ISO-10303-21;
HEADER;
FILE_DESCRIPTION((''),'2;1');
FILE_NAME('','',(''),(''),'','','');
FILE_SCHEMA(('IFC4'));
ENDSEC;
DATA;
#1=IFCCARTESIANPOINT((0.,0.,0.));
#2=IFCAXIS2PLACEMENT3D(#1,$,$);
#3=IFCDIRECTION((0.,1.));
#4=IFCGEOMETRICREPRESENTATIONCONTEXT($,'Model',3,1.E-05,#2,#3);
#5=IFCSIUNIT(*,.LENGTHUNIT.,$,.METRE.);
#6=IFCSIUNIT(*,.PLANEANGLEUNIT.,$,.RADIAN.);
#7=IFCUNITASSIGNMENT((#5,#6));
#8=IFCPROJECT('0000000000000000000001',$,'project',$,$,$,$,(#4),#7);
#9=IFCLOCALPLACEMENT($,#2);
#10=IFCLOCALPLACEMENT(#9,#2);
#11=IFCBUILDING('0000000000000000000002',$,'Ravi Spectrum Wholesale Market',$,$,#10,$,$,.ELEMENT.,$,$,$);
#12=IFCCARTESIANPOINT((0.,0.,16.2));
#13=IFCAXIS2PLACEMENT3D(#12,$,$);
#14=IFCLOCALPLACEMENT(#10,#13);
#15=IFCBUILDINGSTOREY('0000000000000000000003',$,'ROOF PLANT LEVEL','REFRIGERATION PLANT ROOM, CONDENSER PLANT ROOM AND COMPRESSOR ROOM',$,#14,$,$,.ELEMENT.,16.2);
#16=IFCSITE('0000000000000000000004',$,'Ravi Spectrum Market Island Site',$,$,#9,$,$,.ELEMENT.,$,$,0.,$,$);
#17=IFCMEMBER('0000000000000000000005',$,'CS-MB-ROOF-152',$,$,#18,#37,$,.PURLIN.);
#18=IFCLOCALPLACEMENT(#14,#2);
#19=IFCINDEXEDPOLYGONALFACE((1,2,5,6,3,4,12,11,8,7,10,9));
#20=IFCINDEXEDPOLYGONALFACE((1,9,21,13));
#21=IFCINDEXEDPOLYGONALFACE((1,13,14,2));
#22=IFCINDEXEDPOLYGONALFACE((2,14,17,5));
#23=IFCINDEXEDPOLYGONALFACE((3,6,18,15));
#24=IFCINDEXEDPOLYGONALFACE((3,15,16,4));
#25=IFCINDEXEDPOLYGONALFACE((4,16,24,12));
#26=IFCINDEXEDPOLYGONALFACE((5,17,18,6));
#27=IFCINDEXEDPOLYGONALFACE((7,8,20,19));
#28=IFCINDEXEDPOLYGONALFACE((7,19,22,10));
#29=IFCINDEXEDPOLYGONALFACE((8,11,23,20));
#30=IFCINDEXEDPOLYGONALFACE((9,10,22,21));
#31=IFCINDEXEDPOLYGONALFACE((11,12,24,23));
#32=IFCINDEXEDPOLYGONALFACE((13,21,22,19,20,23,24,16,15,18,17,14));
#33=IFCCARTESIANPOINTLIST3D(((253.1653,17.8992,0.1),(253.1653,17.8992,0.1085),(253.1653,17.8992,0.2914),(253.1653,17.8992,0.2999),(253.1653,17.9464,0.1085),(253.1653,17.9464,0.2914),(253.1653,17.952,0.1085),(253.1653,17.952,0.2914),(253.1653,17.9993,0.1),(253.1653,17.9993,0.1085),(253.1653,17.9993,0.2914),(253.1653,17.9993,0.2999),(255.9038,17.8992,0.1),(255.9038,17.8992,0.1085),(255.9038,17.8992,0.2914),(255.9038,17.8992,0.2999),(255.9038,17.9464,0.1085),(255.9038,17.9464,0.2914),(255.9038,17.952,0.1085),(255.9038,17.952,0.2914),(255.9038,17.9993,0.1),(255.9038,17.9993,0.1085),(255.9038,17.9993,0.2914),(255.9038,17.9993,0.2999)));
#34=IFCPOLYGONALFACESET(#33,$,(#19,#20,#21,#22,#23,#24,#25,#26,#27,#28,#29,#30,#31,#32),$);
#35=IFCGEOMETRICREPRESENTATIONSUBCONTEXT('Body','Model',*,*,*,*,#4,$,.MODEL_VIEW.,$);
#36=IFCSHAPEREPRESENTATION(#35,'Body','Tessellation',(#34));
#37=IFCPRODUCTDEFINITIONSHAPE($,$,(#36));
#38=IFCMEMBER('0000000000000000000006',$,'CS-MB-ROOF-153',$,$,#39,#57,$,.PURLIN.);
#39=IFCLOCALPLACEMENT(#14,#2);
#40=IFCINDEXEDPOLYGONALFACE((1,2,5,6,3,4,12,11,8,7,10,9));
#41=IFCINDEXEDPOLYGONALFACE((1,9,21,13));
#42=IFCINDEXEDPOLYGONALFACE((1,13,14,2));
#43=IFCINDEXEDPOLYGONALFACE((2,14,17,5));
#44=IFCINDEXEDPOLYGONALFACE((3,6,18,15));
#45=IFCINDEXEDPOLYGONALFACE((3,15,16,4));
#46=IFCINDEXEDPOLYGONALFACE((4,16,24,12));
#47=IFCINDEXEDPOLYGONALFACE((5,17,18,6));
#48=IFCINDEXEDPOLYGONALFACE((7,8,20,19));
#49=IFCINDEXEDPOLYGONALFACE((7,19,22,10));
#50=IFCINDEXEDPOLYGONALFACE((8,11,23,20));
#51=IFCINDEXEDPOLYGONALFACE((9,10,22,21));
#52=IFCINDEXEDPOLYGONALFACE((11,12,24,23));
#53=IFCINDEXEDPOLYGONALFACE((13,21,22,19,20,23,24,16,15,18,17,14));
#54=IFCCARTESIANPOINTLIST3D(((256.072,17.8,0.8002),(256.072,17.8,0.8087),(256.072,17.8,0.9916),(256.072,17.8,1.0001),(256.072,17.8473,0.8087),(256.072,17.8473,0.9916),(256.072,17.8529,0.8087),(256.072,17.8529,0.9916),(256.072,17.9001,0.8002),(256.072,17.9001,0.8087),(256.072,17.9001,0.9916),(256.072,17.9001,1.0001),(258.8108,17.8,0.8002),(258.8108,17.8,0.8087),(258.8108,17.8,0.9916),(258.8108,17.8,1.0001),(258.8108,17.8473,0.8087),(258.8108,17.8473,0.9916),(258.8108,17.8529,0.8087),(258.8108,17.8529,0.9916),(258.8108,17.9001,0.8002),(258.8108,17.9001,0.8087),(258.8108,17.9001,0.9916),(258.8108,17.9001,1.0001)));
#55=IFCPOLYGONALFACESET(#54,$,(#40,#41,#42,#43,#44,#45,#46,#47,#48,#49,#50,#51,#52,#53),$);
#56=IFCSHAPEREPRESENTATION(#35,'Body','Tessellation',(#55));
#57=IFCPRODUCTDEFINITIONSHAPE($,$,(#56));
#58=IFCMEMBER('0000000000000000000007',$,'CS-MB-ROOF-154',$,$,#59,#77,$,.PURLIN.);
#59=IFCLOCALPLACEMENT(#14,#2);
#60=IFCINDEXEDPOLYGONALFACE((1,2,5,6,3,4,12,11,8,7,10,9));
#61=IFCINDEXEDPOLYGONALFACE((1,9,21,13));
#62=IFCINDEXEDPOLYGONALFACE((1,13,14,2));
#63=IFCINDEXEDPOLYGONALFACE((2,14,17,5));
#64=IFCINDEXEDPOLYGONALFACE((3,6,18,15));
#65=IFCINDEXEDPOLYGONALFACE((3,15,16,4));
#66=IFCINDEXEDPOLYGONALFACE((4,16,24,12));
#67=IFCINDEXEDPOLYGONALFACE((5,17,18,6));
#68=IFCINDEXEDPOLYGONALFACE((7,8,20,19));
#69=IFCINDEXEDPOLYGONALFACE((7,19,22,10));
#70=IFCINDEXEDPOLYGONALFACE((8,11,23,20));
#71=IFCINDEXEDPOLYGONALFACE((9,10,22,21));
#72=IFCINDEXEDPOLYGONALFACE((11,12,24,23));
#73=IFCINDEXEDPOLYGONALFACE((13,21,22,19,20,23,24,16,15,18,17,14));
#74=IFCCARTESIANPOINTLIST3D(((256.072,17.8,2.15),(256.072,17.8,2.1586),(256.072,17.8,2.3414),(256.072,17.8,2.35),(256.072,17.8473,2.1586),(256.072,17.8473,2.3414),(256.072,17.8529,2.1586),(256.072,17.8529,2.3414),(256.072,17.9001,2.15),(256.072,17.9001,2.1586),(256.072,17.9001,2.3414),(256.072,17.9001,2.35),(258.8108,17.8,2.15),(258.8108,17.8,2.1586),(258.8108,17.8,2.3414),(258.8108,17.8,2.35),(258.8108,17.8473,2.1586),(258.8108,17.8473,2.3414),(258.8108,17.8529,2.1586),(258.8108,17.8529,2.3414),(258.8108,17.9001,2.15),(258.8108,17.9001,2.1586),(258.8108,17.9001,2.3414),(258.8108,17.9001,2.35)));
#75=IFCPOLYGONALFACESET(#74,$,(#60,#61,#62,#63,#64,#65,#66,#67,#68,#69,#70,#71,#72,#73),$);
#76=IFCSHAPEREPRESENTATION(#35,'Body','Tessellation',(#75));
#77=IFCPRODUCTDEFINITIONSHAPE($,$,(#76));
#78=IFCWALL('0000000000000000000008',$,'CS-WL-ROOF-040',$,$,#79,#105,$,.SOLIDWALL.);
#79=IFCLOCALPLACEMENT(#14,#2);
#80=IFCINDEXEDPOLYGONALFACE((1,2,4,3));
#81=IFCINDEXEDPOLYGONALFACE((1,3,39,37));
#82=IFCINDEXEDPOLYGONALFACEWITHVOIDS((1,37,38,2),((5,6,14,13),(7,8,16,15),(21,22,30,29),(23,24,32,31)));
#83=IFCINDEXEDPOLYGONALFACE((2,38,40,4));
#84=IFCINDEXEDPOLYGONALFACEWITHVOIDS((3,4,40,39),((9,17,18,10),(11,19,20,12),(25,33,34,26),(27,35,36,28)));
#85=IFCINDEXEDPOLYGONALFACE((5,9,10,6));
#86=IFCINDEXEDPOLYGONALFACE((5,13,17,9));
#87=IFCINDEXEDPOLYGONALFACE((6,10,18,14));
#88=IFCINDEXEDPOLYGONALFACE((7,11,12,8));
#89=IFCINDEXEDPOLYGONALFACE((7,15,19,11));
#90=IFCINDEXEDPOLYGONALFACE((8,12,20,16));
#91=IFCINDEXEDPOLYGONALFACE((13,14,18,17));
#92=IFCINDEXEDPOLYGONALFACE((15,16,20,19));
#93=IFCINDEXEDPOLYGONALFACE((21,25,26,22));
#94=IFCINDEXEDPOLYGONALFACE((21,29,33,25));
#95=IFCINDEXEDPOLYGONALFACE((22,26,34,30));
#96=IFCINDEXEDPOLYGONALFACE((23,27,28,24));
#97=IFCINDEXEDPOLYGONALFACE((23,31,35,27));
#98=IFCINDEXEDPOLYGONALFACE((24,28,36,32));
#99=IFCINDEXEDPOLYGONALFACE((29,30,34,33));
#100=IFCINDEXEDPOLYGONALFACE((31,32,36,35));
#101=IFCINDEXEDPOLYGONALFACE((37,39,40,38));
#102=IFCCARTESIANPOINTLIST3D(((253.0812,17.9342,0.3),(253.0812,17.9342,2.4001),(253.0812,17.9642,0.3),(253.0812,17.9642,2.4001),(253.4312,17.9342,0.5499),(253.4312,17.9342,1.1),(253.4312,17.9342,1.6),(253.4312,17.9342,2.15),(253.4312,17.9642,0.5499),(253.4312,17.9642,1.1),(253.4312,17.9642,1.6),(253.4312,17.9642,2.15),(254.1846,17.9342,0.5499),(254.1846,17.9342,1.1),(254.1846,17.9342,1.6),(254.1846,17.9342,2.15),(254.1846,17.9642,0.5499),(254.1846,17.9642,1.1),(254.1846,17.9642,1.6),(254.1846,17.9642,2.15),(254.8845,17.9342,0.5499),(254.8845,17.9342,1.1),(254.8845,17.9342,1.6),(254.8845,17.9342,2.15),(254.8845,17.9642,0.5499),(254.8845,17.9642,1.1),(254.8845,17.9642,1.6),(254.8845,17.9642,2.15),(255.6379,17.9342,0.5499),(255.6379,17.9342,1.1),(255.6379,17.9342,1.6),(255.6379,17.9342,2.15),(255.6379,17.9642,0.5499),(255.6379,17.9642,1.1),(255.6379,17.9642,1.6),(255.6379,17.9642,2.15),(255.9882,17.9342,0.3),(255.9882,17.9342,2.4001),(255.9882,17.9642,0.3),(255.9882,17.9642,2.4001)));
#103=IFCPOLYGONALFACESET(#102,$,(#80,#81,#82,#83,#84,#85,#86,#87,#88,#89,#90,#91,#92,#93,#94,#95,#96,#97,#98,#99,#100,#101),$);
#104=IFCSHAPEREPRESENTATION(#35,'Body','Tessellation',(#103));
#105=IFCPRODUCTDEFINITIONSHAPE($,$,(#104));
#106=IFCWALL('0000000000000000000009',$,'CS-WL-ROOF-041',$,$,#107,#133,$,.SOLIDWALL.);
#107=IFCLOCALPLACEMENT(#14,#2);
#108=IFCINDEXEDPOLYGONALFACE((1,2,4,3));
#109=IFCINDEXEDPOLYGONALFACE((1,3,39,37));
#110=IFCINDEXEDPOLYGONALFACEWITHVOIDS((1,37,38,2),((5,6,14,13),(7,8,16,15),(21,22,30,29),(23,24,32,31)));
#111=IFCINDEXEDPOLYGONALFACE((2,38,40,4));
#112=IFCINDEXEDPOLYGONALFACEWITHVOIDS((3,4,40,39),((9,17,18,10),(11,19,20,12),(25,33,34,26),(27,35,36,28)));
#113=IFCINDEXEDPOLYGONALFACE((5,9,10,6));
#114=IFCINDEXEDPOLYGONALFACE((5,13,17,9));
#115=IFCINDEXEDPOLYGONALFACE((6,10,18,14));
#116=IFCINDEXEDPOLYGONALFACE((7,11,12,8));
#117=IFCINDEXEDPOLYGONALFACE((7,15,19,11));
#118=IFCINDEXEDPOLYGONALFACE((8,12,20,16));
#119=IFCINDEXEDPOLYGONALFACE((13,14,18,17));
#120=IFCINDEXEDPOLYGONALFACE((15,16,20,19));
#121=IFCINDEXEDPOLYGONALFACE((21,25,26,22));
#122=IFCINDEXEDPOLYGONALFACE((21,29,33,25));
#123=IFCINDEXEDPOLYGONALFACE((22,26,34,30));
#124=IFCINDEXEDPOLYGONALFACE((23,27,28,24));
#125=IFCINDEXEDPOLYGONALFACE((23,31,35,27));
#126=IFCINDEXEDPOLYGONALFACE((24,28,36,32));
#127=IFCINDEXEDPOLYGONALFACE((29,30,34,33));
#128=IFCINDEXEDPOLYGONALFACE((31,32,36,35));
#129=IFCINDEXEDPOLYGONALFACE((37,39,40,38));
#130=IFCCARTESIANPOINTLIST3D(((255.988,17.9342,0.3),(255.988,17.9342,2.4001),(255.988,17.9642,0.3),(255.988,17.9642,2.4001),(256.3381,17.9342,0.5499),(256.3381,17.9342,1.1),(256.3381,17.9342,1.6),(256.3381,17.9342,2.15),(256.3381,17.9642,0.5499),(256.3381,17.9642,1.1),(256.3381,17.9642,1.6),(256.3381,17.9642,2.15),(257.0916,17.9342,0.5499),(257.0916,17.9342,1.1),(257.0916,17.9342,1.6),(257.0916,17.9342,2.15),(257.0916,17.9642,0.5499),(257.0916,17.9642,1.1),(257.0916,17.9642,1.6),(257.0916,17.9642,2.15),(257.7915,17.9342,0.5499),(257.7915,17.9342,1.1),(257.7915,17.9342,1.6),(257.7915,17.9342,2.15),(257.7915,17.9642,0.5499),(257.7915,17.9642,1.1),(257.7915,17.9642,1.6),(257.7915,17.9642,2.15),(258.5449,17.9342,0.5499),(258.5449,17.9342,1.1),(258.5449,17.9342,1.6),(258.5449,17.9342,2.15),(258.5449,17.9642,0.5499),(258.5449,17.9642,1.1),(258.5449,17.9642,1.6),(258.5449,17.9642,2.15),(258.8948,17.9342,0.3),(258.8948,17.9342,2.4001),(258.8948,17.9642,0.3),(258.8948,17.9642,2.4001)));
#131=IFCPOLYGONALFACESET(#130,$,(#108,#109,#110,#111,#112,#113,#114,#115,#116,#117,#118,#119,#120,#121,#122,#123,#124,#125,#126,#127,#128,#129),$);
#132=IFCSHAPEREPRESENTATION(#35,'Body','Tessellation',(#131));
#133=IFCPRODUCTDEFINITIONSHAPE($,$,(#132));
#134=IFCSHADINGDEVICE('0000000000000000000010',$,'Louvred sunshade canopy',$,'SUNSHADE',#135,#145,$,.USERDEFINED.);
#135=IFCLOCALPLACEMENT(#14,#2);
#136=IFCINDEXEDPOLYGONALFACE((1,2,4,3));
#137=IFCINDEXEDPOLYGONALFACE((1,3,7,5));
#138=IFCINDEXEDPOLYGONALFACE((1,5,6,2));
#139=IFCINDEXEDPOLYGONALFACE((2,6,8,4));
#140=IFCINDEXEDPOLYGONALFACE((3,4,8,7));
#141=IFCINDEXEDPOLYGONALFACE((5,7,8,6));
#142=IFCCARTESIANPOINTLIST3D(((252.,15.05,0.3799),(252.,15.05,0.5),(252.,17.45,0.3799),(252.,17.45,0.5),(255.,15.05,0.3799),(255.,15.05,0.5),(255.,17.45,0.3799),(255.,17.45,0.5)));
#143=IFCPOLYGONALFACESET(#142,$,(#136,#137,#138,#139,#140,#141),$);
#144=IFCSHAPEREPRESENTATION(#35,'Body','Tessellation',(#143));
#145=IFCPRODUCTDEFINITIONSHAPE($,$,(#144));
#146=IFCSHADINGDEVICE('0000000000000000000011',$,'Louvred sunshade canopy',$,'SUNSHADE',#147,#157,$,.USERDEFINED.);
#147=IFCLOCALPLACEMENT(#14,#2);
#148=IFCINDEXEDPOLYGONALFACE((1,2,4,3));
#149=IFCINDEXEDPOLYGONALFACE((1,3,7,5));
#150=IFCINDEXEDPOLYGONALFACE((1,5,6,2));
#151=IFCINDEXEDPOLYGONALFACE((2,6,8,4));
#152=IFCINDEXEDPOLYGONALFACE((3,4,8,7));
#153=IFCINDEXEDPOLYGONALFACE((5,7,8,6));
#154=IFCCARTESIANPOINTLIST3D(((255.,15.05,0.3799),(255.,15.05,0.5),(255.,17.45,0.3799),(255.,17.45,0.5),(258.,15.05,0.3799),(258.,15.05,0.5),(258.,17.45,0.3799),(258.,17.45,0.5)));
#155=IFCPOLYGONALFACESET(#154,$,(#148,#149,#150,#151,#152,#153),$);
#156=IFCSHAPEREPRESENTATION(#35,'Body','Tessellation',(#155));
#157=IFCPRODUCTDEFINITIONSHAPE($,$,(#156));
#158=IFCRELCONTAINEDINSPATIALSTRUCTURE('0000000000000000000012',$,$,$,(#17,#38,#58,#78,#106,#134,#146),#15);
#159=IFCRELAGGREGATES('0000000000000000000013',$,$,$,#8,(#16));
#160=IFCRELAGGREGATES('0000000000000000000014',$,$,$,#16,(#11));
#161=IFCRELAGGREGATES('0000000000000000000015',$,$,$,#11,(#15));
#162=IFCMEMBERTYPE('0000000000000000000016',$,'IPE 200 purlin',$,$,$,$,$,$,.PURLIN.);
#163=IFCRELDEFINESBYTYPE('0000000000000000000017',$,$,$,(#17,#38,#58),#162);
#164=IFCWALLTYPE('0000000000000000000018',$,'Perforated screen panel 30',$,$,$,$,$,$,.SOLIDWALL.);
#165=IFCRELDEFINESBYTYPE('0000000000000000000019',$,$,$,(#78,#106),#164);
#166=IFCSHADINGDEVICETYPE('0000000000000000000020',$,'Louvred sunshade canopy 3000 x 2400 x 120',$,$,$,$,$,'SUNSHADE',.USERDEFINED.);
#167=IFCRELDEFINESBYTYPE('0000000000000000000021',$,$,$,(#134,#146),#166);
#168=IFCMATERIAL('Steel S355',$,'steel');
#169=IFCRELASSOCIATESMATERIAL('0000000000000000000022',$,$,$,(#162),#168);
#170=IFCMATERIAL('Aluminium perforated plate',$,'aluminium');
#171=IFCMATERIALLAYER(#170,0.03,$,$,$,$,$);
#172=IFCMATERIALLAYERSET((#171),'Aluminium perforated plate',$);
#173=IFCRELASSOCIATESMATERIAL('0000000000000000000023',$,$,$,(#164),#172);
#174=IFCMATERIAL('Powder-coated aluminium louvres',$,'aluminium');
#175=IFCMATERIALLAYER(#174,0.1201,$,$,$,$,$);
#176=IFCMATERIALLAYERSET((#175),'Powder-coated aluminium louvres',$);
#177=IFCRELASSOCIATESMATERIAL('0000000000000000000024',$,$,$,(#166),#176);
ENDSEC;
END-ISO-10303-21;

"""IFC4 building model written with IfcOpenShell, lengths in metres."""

from ifc_helpers import new_model, si_unit, direction, frame, frame_2d, origin, origin_2d, place, context, subcontext, project, spatial, rectangle, i_section, extrude, material, layer, layer_set, material_profile, profile_set, type_object, element, save


model = new_model("IFC4")

# Units and contexts
model_context = context("Model", 3, precision=1e-05, world=origin(), true_north=direction((0.0, 1.0)))
body_context = subcontext(model_context, "Body", "Model", "MODEL_VIEW")
ifc_project = project(units=[si_unit("LENGTHUNIT", "METRE"), si_unit("PLANEANGLEUNIT", "RADIAN")], contexts=[model_context])

# Site, building, storey
site_placement = place(None, origin())
site = spatial("IfcSite", under=ifc_project, at=site_placement, Name="Ravi Spectrum Market Island Site", CompositionType="ELEMENT", RefElevation=0.0)
building_placement = place(site_placement, origin())
building = spatial("IfcBuilding", under=site, at=building_placement, Name="Ravi Spectrum Wholesale Market", CompositionType="ELEMENT")
storey_placement = place(building_placement, frame((0.0, 0.0, 16.2)))
storey = spatial("IfcBuildingStorey", under=building, at=storey_placement, Name="ROOF PLANT LEVEL", Description="REFRIGERATION PLANT ROOM, CONDENSER PLANT ROOM AND COMPRESSOR ROOM", CompositionType="ELEMENT", Elevation=16.2)

# Members
ifc_material_1 = material(Name="Steel S355", Category="steel")
ifc_material_profile_1 = material_profile(ifc_material_1, i_section(OverallWidth=0.1001, OverallDepth=0.2, WebThickness=0.0056, FlangeThickness=0.0085, at=origin_2d()))
ifc_profile_set_1 = profile_set([ifc_material_profile_1], Name="Steel S355")
member_type_1 = type_object("IfcMemberType", Name="IPE 200 purlin", PredefinedType="PURLIN", material=ifc_profile_set_1)
for number, where, z_axis, x_axis, name in (
    (1, (253.1653, 17.9492, 0.2), (1.0, 0.0, 0.0), (0.0, 1.0, 0.0), "CS-MB-ROOF-152"),
):
    element("IfcMember", number, at=place(storey_placement, frame(where, z_axis=z_axis, x_axis=x_axis)), inside=storey, type_object=member_type_1, Name=name, PredefinedType="PURLIN", context=body_context, shape_type="SweptSolid", body=[
        extrude(i_section(OverallWidth=0.1001, OverallDepth=0.2, WebThickness=0.0056, FlangeThickness=0.0085, at=origin_2d()), origin(), (0.0, 0.0, 1.0), 2.7385),
    ])
for number, where, z_axis, x_axis, name in (
    (2, (256.072, 17.8501, 0.9001), (1.0, 0.0, 0.0), (0.0, 1.0, 0.0), "CS-MB-ROOF-153"),
    (3, (256.072, 17.8501, 2.25), (1.0, 0.0, 0.0), (0.0, 1.0, 0.0), "CS-MB-ROOF-154"),
):
    element("IfcMember", number, at=place(storey_placement, frame(where, z_axis=z_axis, x_axis=x_axis)), inside=storey, type_object=member_type_1, Name=name, PredefinedType="PURLIN", context=body_context, shape_type="SweptSolid", body=[
        extrude(i_section(OverallWidth=0.1001, OverallDepth=0.2, WebThickness=0.0056, FlangeThickness=0.0085, at=origin_2d()), origin(), (0.0, 0.0, 1.0), 2.7388),
    ])

# Walls, openings
ifc_material_2 = material(Name="Aluminium perforated plate", Category="aluminium")
ifc_layer_1 = layer(ifc_material_2, 0.03)
ifc_layer_set_1 = layer_set([ifc_layer_1], Name="Aluminium perforated plate")
wall_type = type_object("IfcWallType", Name="Perforated screen panel 30", PredefinedType="SOLIDWALL", material=ifc_layer_set_1)
wall_1_placement = place(storey_placement, frame((253.0811, 17.9492, 0.3), z_axis=(0.0, 0.0, 1.0), x_axis=(1.0, 0.0, 0.0)))
wall_1 = element("IfcWall", 4, at=wall_1_placement, inside=storey, type_object=wall_type, Name="CS-WL-ROOF-040", PredefinedType="SOLIDWALL", context=body_context, shape_type="SweptSolid", body=[
    extrude(rectangle(XDim=2.907, YDim=0.03, at=frame_2d((1.4536, 0.0))), origin(), (0.0, 0.0, 1.0), 2.1001),
])
opening_1_placement = place(wall_1_placement, frame((0.3501, 0.0, 0.25)))
element("IfcOpeningElement", 5, at=opening_1_placement, cuts=wall_1, PredefinedType="OPENING", context=body_context, shape_type="SweptSolid", body=[
    extrude(rectangle(XDim=0.7534, YDim=0.55, at=frame_2d((0.3767, 0.2749))), frame((0.0, 0.0249, 0.0), z_axis=(0.0, -1.0, 0.0), x_axis=(1.0, 0.0, 0.0)), (0.0, 0.0, 1.0), 0.05),
])
opening_2_placement = place(wall_1_placement, frame((0.3501, 0.0, 1.3)))
element("IfcOpeningElement", 6, at=opening_2_placement, cuts=wall_1, PredefinedType="OPENING", context=body_context, shape_type="SweptSolid", body=[
    extrude(rectangle(XDim=0.7534, YDim=0.55, at=frame_2d((0.3767, 0.2749))), frame((0.0, 0.0249, 0.0), z_axis=(0.0, -1.0, 0.0), x_axis=(1.0, 0.0, 0.0)), (0.0, 0.0, 1.0), 0.05),
])
opening_3_placement = place(wall_1_placement, frame((1.8035, 0.0, 0.25)))
element("IfcOpeningElement", 7, at=opening_3_placement, cuts=wall_1, PredefinedType="OPENING", context=body_context, shape_type="SweptSolid", body=[
    extrude(rectangle(XDim=0.7534, YDim=0.55, at=frame_2d((0.3767, 0.2749))), frame((0.0, 0.0249, 0.0), z_axis=(0.0, -1.0, 0.0), x_axis=(1.0, 0.0, 0.0)), (0.0, 0.0, 1.0), 0.05),
])
opening_4_placement = place(wall_1_placement, frame((1.8035, 0.0, 1.3)))
element("IfcOpeningElement", 8, at=opening_4_placement, cuts=wall_1, PredefinedType="OPENING", context=body_context, shape_type="SweptSolid", body=[
    extrude(rectangle(XDim=0.7534, YDim=0.55, at=frame_2d((0.3767, 0.2749))), frame((0.0, 0.0249, 0.0), z_axis=(0.0, -1.0, 0.0), x_axis=(1.0, 0.0, 0.0)), (0.0, 0.0, 1.0), 0.05),
])
wall_2_placement = place(storey_placement, frame((255.988, 17.9492, 0.3), z_axis=(0.0, 0.0, 1.0), x_axis=(1.0, 0.0, 0.0)))
wall_2 = element("IfcWall", 9, at=wall_2_placement, inside=storey, type_object=wall_type, Name="CS-WL-ROOF-041", PredefinedType="SOLIDWALL", context=body_context, shape_type="SweptSolid", body=[
    extrude(rectangle(XDim=2.9067, YDim=0.03, at=frame_2d((1.4534, 0.0))), origin(), (0.0, 0.0, 1.0), 2.1001),
])
opening_5_placement = place(wall_2_placement, frame((0.3501, 0.0, 0.25)))
element("IfcOpeningElement", 10, at=opening_5_placement, cuts=wall_2, PredefinedType="OPENING", context=body_context, shape_type="SweptSolid", body=[
    extrude(rectangle(XDim=0.7534, YDim=0.55, at=frame_2d((0.3767, 0.2749))), frame((0.0, 0.0249, 0.0), z_axis=(0.0, -1.0, 0.0), x_axis=(1.0, 0.0, 0.0)), (0.0, 0.0, 1.0), 0.05),
])
opening_6_placement = place(wall_2_placement, frame((0.3501, 0.0, 1.3)))
element("IfcOpeningElement", 11, at=opening_6_placement, cuts=wall_2, PredefinedType="OPENING", context=body_context, shape_type="SweptSolid", body=[
    extrude(rectangle(XDim=0.7534, YDim=0.55, at=frame_2d((0.3767, 0.2749))), frame((0.0, 0.0249, 0.0), z_axis=(0.0, -1.0, 0.0), x_axis=(1.0, 0.0, 0.0)), (0.0, 0.0, 1.0), 0.05),
])
opening_7_placement = place(wall_2_placement, frame((1.8035, 0.0, 0.25)))
element("IfcOpeningElement", 12, at=opening_7_placement, cuts=wall_2, PredefinedType="OPENING", context=body_context, shape_type="SweptSolid", body=[
    extrude(rectangle(XDim=0.7534, YDim=0.55, at=frame_2d((0.3767, 0.2749))), frame((0.0, 0.0249, 0.0), z_axis=(0.0, -1.0, 0.0), x_axis=(1.0, 0.0, 0.0)), (0.0, 0.0, 1.0), 0.05),
])
opening_8_placement = place(wall_2_placement, frame((1.8035, 0.0, 1.3)))
element("IfcOpeningElement", 13, at=opening_8_placement, cuts=wall_2, PredefinedType="OPENING", context=body_context, shape_type="SweptSolid", body=[
    extrude(rectangle(XDim=0.7534, YDim=0.55, at=frame_2d((0.3767, 0.2749))), frame((0.0, 0.0249, 0.0), z_axis=(0.0, -1.0, 0.0), x_axis=(1.0, 0.0, 0.0)), (0.0, 0.0, 1.0), 0.05),
])

# Shading devices
ifc_material_3 = material(Name="Powder-coated aluminium louvres", Category="aluminium")
ifc_layer_2 = layer(ifc_material_3, 0.1201)
ifc_layer_set_2 = layer_set([ifc_layer_2], Name="Powder-coated aluminium louvres")
shading_device_type = type_object("IfcShadingDeviceType", Name="Louvred sunshade canopy 3000 x 2400 x 120", ElementType="SUNSHADE", PredefinedType="USERDEFINED", material=ifc_layer_set_2)
for number, where, z_axis, x_axis, name in (
    (14, (253.5, 16.25, 0.3799), (0.0, 0.0, 1.0), (1.0, 0.0, 0.0), "Louvred sunshade canopy"),
    (15, (256.5, 16.25, 0.3799), (0.0, 0.0, 1.0), (1.0, 0.0, 0.0), "Louvred sunshade canopy"),
):
    element("IfcShadingDevice", number, at=place(storey_placement, frame(where, z_axis=z_axis, x_axis=x_axis)), inside=storey, type_object=shading_device_type, Name=name, ObjectType="SUNSHADE", PredefinedType="USERDEFINED", context=body_context, shape_type="SweptSolid", body=[
        extrude(rectangle(XDim=3.0, YDim=2.3999, at=origin_2d()), origin(), (0.0, 0.0, 1.0), 0.1201),
    ])

save(model, "model.ifc")
